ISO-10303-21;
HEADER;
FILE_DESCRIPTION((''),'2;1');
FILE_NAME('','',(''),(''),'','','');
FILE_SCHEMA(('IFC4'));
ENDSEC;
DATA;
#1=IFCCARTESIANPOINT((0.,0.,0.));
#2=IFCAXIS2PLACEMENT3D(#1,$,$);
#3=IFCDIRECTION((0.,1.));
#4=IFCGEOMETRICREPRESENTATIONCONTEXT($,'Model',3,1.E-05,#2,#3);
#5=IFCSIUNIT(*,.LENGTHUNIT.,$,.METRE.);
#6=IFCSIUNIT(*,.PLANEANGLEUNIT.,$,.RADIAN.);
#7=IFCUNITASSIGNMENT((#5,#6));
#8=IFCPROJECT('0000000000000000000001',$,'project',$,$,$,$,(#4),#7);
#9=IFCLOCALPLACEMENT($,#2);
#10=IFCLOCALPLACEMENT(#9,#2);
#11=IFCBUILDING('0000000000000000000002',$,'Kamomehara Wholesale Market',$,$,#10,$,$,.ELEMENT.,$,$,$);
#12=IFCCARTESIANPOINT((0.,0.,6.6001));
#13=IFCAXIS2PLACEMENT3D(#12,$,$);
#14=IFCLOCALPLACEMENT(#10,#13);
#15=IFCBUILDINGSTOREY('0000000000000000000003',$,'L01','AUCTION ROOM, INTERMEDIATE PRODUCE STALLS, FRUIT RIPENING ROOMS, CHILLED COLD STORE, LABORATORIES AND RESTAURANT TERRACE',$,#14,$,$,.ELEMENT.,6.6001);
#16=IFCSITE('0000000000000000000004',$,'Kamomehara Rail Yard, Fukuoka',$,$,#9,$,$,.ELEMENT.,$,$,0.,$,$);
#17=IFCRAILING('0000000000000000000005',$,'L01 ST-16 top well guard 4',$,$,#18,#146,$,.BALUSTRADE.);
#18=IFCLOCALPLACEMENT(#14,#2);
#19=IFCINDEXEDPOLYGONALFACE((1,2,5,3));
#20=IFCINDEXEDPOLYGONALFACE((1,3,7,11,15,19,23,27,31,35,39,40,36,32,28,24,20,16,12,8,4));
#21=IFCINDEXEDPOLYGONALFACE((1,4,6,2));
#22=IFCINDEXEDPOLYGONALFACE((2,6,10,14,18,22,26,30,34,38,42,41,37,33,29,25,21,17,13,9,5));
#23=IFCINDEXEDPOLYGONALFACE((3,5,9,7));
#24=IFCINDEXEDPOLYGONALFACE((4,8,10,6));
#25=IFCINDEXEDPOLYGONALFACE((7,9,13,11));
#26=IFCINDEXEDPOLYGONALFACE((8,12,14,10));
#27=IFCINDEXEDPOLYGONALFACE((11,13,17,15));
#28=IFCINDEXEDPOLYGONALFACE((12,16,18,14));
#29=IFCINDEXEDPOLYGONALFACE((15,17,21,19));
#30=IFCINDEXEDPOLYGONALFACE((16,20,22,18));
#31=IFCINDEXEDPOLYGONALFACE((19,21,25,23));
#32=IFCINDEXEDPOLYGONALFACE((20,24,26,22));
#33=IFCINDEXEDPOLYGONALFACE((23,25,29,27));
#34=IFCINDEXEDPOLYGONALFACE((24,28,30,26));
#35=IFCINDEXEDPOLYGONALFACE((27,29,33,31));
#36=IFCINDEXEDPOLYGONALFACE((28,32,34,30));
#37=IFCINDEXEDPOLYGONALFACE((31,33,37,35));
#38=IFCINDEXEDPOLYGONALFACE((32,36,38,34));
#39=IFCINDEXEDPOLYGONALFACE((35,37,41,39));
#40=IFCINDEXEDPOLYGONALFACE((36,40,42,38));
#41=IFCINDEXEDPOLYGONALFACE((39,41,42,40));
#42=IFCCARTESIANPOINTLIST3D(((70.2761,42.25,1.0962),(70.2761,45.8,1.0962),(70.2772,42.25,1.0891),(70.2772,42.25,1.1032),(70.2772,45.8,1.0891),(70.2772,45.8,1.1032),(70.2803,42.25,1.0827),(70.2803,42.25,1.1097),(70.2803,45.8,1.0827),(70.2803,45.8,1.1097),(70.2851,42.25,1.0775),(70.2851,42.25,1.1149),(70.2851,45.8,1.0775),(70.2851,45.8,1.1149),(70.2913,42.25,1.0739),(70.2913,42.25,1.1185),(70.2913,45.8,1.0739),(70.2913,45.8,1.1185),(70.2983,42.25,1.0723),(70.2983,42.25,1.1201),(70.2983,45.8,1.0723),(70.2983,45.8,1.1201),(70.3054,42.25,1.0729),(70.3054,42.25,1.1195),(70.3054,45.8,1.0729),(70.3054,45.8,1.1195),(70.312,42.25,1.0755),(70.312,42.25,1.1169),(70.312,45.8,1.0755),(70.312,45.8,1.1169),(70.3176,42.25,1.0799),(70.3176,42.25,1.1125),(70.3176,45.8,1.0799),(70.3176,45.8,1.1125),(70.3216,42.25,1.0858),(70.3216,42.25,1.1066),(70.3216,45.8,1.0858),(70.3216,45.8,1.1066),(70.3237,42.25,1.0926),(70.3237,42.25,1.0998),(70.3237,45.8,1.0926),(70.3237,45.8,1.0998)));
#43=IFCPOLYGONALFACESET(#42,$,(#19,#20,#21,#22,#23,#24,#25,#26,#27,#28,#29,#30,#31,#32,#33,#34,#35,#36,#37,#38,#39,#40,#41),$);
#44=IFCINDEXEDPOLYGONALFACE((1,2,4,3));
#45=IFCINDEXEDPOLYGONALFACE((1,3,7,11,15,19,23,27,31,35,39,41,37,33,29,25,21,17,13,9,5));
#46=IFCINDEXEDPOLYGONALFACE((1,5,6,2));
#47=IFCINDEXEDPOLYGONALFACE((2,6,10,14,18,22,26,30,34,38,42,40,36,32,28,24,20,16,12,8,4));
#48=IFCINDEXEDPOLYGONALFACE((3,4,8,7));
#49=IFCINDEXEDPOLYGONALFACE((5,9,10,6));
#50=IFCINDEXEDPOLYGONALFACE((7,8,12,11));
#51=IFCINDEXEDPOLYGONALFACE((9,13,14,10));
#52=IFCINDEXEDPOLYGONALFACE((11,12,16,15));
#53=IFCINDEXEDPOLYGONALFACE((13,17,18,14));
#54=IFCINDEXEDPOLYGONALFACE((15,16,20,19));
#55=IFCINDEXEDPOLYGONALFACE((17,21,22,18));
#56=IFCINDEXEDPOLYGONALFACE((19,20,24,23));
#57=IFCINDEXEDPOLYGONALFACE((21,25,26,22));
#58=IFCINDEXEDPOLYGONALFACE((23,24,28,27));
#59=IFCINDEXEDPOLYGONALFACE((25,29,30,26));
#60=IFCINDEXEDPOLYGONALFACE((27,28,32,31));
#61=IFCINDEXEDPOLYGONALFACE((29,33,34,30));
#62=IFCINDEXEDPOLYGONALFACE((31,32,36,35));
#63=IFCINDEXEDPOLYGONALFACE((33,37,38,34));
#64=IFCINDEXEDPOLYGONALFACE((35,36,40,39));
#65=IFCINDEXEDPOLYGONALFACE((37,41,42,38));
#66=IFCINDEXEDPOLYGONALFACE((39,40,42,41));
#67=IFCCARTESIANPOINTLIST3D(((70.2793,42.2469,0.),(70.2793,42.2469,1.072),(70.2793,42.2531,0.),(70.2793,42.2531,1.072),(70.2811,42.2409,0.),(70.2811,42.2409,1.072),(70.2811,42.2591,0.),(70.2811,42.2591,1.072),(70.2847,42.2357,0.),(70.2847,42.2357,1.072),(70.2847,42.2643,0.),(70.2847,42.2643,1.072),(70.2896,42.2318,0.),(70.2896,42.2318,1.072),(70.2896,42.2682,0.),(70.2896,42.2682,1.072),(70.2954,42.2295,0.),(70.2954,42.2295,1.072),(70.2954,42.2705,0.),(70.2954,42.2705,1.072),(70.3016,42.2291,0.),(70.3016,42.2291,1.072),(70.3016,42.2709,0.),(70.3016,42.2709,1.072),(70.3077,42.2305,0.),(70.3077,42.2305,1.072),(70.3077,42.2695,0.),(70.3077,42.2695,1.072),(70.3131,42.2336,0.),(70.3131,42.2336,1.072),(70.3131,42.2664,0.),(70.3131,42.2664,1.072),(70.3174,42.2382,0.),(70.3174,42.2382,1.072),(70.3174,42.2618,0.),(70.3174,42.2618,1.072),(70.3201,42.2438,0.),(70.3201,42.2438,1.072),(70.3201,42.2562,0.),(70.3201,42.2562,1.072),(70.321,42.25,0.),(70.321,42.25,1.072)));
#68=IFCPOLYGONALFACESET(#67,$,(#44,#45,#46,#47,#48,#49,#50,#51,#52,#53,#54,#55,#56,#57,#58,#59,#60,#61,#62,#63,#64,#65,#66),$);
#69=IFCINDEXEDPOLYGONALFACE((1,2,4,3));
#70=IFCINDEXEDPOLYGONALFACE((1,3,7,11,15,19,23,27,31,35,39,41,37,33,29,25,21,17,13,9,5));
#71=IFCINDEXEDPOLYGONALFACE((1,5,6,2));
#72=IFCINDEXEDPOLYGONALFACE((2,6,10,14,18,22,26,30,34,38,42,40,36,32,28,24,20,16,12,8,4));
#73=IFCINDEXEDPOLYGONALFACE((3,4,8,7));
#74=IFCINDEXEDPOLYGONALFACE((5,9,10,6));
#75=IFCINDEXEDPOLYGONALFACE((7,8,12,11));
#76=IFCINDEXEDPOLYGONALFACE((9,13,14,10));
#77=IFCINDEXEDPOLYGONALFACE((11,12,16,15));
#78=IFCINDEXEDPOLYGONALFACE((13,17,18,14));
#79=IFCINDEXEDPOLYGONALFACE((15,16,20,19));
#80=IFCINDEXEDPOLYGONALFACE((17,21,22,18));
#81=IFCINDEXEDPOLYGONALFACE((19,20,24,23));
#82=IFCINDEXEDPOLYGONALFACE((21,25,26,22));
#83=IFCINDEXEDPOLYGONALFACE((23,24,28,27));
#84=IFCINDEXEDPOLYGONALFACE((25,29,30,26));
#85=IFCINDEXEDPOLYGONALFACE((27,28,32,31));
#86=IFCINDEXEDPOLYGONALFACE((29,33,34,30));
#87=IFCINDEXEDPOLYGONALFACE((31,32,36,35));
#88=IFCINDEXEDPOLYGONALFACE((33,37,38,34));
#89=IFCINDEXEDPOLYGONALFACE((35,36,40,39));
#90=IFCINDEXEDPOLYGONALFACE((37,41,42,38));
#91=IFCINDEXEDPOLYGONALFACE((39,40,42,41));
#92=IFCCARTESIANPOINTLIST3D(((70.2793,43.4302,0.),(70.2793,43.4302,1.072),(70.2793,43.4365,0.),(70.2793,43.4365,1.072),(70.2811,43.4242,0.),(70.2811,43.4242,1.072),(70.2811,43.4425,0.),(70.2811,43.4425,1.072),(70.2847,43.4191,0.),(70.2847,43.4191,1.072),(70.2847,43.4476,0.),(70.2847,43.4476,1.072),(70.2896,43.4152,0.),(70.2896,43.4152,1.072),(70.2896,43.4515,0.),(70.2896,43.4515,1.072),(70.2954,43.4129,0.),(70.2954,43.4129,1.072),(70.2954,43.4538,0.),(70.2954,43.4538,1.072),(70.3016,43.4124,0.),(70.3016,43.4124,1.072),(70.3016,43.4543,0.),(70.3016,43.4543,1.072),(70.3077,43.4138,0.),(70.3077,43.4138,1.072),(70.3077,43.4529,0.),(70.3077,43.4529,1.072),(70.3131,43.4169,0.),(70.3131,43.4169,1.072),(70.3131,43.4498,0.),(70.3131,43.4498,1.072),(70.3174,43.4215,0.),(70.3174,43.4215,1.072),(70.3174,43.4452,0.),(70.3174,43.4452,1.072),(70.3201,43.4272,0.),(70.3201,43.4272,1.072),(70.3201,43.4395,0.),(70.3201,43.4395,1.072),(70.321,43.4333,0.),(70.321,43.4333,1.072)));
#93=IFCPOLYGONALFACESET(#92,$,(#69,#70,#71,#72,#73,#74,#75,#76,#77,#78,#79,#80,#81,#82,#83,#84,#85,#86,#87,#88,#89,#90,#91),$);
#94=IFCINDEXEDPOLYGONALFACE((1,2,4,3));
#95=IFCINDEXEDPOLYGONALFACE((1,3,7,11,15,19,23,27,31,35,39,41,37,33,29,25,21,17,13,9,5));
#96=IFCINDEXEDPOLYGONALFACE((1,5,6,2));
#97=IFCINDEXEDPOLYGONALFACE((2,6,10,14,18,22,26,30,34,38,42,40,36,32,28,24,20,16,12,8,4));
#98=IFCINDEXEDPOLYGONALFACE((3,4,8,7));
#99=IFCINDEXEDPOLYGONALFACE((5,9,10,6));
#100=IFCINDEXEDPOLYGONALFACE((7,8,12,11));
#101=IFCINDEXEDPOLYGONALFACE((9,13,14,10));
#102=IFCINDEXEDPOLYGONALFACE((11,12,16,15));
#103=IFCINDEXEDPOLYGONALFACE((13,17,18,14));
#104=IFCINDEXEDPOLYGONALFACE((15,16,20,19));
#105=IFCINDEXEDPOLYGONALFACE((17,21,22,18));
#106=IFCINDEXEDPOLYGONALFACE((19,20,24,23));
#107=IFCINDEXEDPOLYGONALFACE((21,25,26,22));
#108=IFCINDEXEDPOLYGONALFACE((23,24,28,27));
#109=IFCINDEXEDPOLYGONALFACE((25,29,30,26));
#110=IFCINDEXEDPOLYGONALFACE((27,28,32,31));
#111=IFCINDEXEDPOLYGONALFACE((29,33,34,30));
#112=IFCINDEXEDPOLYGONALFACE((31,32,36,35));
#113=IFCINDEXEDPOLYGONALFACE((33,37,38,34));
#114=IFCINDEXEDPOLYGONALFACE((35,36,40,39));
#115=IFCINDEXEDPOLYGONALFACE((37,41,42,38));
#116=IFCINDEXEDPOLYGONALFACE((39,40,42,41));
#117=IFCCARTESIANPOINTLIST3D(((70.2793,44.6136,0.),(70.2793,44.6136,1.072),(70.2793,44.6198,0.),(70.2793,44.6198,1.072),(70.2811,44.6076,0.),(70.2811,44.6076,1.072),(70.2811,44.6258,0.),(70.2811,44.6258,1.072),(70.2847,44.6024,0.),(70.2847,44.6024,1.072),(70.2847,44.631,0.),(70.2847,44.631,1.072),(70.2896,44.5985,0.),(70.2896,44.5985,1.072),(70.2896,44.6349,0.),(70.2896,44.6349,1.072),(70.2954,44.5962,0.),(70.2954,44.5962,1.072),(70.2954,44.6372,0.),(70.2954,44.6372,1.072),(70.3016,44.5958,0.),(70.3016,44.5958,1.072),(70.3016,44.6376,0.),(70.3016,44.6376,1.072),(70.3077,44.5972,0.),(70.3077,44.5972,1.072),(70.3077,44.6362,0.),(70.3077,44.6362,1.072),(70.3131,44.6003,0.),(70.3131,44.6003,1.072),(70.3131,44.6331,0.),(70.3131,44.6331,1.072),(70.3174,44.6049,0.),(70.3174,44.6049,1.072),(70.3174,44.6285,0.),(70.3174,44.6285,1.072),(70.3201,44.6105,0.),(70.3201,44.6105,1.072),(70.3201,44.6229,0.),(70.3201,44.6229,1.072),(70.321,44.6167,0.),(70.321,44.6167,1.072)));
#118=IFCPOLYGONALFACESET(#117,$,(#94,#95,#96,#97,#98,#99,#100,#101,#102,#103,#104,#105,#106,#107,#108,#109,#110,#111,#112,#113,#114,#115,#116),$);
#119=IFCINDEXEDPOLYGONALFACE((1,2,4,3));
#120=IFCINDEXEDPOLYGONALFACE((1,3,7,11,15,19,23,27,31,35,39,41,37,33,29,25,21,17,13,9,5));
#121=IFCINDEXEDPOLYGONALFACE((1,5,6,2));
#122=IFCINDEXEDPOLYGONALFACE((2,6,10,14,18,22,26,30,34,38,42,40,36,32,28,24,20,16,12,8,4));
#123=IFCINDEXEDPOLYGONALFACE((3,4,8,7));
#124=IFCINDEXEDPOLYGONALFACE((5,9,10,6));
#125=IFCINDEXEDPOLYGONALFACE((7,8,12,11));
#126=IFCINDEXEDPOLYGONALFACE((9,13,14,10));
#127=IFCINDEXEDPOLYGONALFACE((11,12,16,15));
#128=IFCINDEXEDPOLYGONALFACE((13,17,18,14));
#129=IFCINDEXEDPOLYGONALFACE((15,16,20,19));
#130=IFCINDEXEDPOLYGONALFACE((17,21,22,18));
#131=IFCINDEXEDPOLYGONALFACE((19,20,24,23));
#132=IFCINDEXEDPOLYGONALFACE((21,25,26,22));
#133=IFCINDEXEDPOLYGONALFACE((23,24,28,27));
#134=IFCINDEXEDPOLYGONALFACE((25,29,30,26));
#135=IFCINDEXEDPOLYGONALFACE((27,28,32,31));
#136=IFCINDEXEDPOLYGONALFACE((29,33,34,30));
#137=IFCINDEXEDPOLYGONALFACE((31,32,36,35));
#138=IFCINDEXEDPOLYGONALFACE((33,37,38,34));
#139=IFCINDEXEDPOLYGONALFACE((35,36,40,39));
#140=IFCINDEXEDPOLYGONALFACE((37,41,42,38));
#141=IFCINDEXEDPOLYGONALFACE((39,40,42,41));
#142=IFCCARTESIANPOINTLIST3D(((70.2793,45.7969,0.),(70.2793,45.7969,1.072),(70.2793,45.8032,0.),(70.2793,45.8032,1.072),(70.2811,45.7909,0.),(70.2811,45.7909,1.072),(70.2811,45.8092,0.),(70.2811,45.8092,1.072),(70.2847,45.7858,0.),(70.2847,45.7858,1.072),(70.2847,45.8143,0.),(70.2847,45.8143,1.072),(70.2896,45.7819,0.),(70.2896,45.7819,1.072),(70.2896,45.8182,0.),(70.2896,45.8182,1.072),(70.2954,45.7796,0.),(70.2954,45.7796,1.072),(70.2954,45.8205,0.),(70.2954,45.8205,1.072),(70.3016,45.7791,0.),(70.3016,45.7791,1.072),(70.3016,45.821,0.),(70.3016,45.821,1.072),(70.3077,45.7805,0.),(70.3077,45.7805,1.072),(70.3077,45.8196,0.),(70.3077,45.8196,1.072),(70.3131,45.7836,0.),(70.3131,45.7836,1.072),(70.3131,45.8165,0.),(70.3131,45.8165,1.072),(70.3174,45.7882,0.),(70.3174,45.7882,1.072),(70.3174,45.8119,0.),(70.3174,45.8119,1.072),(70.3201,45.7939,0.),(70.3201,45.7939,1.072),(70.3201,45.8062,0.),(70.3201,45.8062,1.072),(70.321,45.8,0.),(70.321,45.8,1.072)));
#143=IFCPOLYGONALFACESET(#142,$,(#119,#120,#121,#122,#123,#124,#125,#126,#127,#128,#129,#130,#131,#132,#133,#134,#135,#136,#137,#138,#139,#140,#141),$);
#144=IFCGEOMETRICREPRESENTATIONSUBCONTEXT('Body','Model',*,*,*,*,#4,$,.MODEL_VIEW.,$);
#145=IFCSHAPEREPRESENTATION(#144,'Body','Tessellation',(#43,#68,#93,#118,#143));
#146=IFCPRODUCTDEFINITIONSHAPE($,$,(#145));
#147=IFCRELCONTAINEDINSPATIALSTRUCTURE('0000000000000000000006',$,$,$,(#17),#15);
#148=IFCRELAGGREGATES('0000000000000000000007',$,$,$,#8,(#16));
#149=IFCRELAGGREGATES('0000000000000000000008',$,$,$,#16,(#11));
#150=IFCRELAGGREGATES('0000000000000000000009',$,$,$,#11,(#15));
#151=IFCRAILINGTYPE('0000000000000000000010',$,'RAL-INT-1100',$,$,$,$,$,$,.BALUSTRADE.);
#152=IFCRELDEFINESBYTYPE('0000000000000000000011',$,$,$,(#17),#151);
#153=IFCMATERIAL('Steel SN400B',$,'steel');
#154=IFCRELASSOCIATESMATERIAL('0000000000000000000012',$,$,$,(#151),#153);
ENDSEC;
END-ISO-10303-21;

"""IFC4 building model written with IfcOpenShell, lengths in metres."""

from ifc_helpers import new_model, si_unit, direction, frame, origin, origin_2d, place, context, subcontext, project, spatial, circle, extrude, material, type_object, element, save


model = new_model("IFC4")

# Units and contexts
model_context = context("Model", 3, precision=1e-05, world=origin(), true_north=direction((0.0, 1.0)))
body_context = subcontext(model_context, "Body", "Model", "MODEL_VIEW")
ifc_project = project(units=[si_unit("LENGTHUNIT", "METRE"), si_unit("PLANEANGLEUNIT", "RADIAN")], contexts=[model_context])

# Site, building, storey
site_placement = place(None, origin())
site = spatial("IfcSite", under=ifc_project, at=site_placement, Name="Kamomehara Rail Yard, Fukuoka", CompositionType="ELEMENT", RefElevation=0.0)
building_placement = place(site_placement, origin())
building = spatial("IfcBuilding", under=site, at=building_placement, Name="Kamomehara Wholesale Market", CompositionType="ELEMENT")
storey_placement = place(building_placement, frame((0.0, 0.0, 6.6001)))
storey = spatial("IfcBuildingStorey", under=building, at=storey_placement, Name="L01", Description="AUCTION ROOM, INTERMEDIATE PRODUCE STALLS, FRUIT RIPENING ROOMS, CHILLED COLD STORE, LABORATORIES AND RESTAURANT TERRACE", CompositionType="ELEMENT", Elevation=6.6001)

# Railing
ifc_material_1 = material(Name="Steel SN400B", Category="steel")
railing_type = type_object("IfcRailingType", Name="RAL-INT-1100", PredefinedType="BALUSTRADE", material=ifc_material_1)
railing_1_placement = place(storey_placement, frame((70.3, 42.25, 0.0)))
element("IfcRailing", 1, at=railing_1_placement, inside=storey, type_object=railing_type, Name="L01 ST-16 top well guard 4", PredefinedType="BALUSTRADE", context=body_context, shape_type="SweptSolid", body=[
    extrude(circle(Radius=0.0239, at=origin_2d()), frame((0.0, 0.0, 1.0962), z_axis=(0.0, 1.0, 0.0), x_axis=(-1.0, 0.0, 0.0)), (0.0, 0.0, 1.0), 3.55),
    extrude(circle(Radius=0.021, at=origin_2d()), origin(), (0.0, 0.0, 1.0), 1.072),
    extrude(circle(Radius=0.021, at=origin_2d()), frame((0.0, 1.1833, 0.0)), (0.0, 0.0, 1.0), 1.072),
    extrude(circle(Radius=0.021, at=origin_2d()), frame((0.0, 2.3667, 0.0)), (0.0, 0.0, 1.0), 1.072),
    extrude(circle(Radius=0.021, at=origin_2d()), frame((0.0, 3.55, 0.0)), (0.0, 0.0, 1.0), 1.072),
])

save(model, "model.ifc")
